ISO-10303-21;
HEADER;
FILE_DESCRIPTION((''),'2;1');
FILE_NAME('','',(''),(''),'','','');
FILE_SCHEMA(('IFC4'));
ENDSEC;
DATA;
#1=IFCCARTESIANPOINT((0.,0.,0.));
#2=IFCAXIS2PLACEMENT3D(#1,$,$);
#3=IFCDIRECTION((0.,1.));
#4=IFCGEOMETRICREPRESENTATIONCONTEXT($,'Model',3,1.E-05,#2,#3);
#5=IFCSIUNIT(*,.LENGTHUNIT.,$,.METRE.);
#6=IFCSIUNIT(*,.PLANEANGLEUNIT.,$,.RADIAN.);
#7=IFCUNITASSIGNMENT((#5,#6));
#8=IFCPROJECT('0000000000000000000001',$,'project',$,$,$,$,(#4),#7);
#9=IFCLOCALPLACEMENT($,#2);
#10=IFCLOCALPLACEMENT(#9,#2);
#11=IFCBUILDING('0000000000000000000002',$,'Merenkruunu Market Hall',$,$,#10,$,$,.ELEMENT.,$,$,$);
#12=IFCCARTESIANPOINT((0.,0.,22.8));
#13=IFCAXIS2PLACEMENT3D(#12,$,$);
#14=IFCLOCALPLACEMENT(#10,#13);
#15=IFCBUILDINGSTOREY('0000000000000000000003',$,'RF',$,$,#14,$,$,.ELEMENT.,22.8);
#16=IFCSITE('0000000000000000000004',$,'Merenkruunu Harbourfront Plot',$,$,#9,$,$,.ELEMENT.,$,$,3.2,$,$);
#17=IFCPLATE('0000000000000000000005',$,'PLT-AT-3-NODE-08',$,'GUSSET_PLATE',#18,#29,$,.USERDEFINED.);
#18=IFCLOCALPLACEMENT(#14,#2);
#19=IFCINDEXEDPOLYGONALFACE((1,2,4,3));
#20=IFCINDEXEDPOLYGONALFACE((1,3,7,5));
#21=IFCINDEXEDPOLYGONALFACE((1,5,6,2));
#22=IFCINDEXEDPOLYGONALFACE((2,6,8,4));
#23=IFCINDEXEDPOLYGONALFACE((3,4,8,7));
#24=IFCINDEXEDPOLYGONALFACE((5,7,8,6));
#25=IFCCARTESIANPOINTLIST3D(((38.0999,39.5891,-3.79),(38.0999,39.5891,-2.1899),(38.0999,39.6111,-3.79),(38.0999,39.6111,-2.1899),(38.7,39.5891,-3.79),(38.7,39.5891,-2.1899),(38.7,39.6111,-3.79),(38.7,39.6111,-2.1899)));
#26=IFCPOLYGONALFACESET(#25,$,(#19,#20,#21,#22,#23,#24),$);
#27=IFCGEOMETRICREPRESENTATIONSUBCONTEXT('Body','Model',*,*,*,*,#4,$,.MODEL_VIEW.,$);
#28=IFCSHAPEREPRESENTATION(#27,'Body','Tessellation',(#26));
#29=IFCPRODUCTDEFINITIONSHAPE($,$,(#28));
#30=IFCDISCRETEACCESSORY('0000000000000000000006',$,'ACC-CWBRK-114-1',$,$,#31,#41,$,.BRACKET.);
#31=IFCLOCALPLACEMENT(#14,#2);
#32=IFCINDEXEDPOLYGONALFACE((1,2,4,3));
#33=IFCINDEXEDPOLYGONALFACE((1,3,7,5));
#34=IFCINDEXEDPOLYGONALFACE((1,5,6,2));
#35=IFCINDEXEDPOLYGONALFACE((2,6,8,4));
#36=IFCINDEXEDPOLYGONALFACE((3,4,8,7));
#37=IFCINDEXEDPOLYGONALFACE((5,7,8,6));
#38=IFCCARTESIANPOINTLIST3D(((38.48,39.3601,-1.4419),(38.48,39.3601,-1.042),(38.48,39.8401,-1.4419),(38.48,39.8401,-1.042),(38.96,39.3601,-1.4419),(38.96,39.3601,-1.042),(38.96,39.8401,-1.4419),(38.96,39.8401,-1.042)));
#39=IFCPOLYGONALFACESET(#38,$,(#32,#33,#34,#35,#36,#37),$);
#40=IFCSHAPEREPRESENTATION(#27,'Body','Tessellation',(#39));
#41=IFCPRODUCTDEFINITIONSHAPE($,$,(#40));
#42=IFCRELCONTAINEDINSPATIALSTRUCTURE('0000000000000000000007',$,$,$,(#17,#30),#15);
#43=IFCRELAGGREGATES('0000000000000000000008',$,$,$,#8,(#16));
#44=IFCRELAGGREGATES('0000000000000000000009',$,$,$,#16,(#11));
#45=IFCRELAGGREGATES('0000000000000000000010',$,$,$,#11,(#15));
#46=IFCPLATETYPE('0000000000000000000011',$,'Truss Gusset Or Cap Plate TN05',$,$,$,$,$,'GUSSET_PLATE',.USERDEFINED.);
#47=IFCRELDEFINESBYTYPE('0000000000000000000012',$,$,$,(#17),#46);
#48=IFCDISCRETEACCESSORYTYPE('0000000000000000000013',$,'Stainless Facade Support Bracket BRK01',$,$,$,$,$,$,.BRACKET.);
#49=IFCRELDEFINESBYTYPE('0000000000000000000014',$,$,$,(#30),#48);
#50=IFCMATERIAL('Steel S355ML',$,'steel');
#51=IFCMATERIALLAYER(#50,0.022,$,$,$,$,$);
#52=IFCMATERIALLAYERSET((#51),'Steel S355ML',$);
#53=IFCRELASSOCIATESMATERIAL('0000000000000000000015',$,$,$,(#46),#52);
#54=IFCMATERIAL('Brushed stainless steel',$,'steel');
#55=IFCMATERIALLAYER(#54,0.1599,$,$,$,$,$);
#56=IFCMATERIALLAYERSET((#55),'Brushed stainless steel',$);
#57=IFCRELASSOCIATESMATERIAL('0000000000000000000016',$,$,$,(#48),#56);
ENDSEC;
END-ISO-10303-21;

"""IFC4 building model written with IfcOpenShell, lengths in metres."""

from ifc_helpers import new_model, si_unit, direction, frame, origin, origin_2d, place, context, subcontext, project, spatial, rectangle, extrude, material, layer, layer_set, type_object, element, save


model = new_model("IFC4")

# Units and contexts
model_context = context("Model", 3, precision=1e-05, world=origin(), true_north=direction((0.0, 1.0)))
body_context = subcontext(model_context, "Body", "Model", "MODEL_VIEW")
ifc_project = project(units=[si_unit("LENGTHUNIT", "METRE"), si_unit("PLANEANGLEUNIT", "RADIAN")], contexts=[model_context])

# Site, building, storey
site_placement = place(None, origin())
site = spatial("IfcSite", under=ifc_project, at=site_placement, Name="Merenkruunu Harbourfront Plot", CompositionType="ELEMENT", RefElevation=3.2)
building_placement = place(site_placement, origin())
building = spatial("IfcBuilding", under=site, at=building_placement, Name="Merenkruunu Market Hall", CompositionType="ELEMENT")
storey_placement = place(building_placement, frame((0.0, 0.0, 22.8)))
storey = spatial("IfcBuildingStorey", under=building, at=storey_placement, Name="RF", CompositionType="ELEMENT", Elevation=22.8)

# Shared definitions
ifc_material_1 = material(Name="Steel S355ML", Category="steel")

# Plate
ifc_layer_1 = layer(ifc_material_1, 0.022)
ifc_layer_set_1 = layer_set([ifc_layer_1], Name="Steel S355ML")
plate_type_1 = type_object("IfcPlateType", Name="Truss Gusset Or Cap Plate TN05", ElementType="GUSSET_PLATE", PredefinedType="USERDEFINED", material=ifc_layer_set_1)
plate_1_placement = place(storey_placement, frame((38.3999, 39.6001, -3.79), z_axis=(0.0, 0.0, 1.0), x_axis=(1.0, 0.0, 0.0)))
element("IfcPlate", 1, at=plate_1_placement, inside=storey, type_object=plate_type_1, Name="PLT-AT-3-NODE-08", ObjectType="GUSSET_PLATE", PredefinedType="USERDEFINED", context=body_context, shape_type="SweptSolid", body=[
    extrude(rectangle(XDim=0.6001, YDim=0.022, at=origin_2d()), origin(), (0.0, 0.0, 1.0), 1.6001),
])

# Discrete accessory
ifc_material_2 = material(Name="Brushed stainless steel", Category="steel")
ifc_layer_2 = layer(ifc_material_2, 0.1599)
ifc_layer_set_2 = layer_set([ifc_layer_2], Name="Brushed stainless steel")
discrete_accessory_type = type_object("IfcDiscreteAccessoryType", Name="Stainless Facade Support Bracket BRK01", PredefinedType="BRACKET", material=ifc_layer_set_2)
discrete_accessory_placement = place(storey_placement, frame((38.72, 39.6001, -1.4419), z_axis=(0.0, 0.0, 1.0), x_axis=(1.0, 0.0, 0.0)))
element("IfcDiscreteAccessory", 2, at=discrete_accessory_placement, inside=storey, type_object=discrete_accessory_type, Name="ACC-CWBRK-114-1", PredefinedType="BRACKET", context=body_context, shape_type="SweptSolid", body=[
    extrude(rectangle(XDim=0.48, YDim=0.48, at=origin_2d()), origin(), (0.0, 0.0, 1.0), 0.3999),
])

save(model, "model.ifc")
